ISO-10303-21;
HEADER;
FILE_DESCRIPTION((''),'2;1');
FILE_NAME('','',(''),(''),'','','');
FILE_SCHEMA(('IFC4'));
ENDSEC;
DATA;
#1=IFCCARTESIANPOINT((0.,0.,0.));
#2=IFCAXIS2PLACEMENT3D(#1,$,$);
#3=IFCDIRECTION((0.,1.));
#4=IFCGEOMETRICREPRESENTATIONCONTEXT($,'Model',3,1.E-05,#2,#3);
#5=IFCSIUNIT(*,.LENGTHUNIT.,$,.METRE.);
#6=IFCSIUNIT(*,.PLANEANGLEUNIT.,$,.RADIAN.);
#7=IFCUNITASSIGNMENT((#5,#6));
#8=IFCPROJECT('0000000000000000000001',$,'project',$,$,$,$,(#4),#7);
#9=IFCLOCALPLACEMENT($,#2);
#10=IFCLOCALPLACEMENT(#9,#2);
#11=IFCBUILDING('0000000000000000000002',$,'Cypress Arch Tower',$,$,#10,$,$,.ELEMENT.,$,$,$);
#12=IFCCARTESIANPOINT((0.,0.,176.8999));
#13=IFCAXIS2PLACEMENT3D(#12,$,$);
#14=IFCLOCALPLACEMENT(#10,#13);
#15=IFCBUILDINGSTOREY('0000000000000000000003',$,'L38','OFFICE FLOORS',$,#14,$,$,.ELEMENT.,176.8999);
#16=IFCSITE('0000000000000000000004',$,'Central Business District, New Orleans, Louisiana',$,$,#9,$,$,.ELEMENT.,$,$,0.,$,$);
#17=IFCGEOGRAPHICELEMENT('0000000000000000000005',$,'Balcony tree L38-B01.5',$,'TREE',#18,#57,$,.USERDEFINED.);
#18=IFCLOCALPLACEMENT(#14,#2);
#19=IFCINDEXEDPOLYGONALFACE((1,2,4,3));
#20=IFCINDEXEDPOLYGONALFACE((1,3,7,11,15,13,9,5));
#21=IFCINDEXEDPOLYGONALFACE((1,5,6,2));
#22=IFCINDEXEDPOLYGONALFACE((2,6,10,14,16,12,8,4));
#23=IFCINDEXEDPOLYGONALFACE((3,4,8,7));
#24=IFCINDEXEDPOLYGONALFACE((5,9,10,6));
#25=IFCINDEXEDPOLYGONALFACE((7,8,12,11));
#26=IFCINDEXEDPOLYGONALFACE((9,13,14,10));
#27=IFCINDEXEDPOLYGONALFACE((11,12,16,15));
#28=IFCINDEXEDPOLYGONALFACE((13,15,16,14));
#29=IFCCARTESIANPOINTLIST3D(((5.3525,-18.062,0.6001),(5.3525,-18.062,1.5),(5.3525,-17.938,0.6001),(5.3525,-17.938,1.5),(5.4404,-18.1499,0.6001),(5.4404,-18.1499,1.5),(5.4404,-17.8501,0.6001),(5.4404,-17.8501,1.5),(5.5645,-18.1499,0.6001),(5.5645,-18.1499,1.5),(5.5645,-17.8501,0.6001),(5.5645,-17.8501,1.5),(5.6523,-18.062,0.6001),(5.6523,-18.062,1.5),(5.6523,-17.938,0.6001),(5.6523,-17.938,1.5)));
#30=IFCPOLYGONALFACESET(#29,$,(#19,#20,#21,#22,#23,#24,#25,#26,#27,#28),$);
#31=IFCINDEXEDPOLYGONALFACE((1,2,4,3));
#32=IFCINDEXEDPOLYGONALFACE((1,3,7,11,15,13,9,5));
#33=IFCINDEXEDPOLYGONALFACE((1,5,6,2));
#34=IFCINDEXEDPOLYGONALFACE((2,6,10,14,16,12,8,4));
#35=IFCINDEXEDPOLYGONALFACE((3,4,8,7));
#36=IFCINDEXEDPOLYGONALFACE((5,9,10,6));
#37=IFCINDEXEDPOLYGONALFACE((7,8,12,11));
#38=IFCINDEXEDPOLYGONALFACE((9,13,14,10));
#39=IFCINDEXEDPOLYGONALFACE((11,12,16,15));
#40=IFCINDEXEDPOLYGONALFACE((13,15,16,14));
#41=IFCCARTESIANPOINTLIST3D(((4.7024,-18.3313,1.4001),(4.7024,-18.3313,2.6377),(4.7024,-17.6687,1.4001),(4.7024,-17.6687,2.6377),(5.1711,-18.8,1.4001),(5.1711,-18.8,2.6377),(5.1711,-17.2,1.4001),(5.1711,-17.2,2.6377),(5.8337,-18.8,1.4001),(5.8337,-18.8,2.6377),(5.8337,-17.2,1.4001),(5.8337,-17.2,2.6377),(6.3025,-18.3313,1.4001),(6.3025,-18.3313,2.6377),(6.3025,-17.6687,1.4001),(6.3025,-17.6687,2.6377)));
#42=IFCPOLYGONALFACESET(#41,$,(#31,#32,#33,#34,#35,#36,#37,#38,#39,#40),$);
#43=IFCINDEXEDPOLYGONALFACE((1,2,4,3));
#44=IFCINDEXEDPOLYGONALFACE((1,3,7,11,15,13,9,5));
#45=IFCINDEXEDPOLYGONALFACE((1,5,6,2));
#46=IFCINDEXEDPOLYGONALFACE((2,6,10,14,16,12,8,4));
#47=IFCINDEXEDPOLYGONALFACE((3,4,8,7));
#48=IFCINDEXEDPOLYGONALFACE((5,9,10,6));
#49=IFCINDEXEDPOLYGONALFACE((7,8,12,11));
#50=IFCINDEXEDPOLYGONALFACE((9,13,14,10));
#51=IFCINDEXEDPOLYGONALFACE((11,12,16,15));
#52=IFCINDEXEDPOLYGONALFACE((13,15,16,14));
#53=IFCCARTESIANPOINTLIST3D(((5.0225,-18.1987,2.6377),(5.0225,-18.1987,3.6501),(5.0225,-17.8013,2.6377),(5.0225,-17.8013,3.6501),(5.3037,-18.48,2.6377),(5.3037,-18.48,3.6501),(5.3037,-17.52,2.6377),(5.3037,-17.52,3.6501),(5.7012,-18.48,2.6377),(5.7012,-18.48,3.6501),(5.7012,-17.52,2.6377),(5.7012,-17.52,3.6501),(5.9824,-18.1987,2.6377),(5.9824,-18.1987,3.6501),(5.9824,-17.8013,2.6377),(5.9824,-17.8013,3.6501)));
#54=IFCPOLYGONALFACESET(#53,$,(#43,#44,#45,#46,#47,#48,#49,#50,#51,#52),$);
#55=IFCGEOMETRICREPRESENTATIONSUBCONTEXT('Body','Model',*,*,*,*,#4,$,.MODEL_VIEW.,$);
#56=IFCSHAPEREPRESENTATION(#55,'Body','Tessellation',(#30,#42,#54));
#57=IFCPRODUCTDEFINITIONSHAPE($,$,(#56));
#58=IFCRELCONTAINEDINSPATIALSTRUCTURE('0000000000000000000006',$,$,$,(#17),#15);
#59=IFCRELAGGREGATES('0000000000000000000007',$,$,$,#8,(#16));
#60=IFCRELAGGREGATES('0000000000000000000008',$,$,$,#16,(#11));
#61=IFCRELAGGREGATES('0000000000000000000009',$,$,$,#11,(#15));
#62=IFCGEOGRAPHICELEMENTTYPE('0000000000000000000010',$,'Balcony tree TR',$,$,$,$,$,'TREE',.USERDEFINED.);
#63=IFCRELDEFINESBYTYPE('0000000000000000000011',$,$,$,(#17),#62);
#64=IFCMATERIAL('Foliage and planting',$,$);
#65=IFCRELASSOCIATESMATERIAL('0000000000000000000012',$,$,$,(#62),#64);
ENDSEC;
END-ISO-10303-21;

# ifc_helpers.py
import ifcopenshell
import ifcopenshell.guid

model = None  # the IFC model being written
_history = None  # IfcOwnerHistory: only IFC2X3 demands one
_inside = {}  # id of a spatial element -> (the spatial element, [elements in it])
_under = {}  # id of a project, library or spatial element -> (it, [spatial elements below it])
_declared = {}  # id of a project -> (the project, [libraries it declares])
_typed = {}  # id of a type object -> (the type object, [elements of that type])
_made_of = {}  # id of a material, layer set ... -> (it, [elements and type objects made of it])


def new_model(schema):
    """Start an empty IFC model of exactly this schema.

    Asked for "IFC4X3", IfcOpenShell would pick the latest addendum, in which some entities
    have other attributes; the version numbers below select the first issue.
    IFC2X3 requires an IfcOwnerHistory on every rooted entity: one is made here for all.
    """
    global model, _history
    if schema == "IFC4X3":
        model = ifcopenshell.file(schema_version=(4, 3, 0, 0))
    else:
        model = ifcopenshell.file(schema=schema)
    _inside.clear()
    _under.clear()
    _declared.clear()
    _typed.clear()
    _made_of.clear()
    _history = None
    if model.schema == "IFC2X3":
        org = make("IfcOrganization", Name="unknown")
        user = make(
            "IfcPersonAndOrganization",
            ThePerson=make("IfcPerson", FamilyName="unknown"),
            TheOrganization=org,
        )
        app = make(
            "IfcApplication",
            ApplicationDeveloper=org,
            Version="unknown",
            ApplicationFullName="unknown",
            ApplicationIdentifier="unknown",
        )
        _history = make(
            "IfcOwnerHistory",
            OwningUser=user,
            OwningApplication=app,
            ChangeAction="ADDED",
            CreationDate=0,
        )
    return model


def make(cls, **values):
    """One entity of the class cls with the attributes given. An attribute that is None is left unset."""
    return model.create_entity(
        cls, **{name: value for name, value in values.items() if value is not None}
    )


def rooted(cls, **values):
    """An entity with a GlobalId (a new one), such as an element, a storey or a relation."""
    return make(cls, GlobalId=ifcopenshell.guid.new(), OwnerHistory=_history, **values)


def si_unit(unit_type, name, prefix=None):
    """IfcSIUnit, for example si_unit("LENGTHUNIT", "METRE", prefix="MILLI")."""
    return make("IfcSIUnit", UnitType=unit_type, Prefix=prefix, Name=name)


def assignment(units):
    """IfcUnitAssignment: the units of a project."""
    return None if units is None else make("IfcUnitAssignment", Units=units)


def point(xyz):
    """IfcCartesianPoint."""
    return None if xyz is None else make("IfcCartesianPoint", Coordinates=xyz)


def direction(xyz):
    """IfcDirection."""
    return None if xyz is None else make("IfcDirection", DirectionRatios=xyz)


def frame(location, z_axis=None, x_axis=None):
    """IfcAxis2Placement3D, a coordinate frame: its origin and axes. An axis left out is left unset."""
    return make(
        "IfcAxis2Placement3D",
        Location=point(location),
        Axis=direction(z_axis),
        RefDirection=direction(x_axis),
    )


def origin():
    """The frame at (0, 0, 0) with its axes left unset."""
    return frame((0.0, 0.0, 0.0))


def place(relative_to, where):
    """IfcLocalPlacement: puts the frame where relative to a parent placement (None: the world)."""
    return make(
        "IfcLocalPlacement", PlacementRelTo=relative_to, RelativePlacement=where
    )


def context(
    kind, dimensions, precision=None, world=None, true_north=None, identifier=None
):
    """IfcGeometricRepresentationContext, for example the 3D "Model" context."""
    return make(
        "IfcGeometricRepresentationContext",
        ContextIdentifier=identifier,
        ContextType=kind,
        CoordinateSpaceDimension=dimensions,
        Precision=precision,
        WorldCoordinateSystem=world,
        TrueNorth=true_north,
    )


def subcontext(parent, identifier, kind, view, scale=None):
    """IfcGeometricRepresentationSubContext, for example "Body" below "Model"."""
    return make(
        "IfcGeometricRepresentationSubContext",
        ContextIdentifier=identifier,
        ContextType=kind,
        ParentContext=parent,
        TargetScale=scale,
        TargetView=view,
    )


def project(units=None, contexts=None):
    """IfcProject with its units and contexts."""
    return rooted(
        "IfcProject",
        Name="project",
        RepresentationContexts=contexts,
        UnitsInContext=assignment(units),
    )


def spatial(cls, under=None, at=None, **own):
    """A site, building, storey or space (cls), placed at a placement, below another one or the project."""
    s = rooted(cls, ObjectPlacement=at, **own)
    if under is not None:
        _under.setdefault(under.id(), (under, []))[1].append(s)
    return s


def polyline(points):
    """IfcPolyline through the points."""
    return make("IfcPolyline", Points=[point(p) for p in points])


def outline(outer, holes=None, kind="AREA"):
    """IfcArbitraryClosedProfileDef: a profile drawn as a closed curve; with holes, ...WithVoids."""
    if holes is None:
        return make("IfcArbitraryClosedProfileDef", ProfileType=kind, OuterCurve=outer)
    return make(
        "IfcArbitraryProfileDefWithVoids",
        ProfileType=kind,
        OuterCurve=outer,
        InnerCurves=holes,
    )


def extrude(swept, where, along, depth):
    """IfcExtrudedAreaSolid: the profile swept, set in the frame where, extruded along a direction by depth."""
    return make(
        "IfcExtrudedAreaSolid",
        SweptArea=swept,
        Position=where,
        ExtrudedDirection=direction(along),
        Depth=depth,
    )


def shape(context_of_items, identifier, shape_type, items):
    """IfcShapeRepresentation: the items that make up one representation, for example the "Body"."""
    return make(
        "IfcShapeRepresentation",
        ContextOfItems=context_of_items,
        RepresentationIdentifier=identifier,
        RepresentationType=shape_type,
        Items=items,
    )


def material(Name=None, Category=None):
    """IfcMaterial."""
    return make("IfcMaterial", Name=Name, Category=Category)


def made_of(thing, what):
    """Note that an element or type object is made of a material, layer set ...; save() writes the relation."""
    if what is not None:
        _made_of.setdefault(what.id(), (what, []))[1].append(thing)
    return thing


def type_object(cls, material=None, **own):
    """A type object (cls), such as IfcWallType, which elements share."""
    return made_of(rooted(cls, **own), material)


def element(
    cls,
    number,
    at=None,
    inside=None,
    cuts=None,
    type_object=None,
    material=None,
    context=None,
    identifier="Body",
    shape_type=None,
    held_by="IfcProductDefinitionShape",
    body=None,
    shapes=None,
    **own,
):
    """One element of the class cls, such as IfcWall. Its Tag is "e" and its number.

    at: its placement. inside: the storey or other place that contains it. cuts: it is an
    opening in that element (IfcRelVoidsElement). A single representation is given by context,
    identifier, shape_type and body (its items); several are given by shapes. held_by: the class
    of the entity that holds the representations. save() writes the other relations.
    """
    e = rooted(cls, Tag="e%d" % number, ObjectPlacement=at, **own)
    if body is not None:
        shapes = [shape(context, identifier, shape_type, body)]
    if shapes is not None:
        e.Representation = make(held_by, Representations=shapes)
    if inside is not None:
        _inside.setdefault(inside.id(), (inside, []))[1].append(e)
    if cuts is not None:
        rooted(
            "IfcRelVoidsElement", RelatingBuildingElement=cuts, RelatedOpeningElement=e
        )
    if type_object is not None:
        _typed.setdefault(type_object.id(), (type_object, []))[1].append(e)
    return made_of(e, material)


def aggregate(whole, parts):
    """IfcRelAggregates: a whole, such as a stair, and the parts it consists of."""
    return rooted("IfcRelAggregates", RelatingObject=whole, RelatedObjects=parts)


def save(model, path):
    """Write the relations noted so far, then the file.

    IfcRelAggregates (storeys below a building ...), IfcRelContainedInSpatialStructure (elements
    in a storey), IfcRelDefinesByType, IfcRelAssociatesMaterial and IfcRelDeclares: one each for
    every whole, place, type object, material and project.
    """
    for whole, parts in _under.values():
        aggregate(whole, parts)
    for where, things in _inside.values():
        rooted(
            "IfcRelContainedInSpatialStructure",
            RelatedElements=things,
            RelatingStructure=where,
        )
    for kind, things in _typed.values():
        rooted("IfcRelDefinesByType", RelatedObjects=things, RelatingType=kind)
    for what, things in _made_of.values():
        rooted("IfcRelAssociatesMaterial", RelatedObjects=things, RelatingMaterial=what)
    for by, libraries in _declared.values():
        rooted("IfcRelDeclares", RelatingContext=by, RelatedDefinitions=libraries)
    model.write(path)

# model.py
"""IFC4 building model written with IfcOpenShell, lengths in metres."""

from ifc_helpers import new_model, si_unit, direction, frame, origin, place, context, subcontext, project, spatial, polyline, outline, extrude, material, type_object, element, save


model = new_model("IFC4")

# Units and contexts
model_context = context("Model", 3, precision=1e-05, world=origin(), true_north=direction((0.0, 1.0)))
body_context = subcontext(model_context, "Body", "Model", "MODEL_VIEW")
ifc_project = project(units=[si_unit("LENGTHUNIT", "METRE"), si_unit("PLANEANGLEUNIT", "RADIAN")], contexts=[model_context])

# Site, building, storey
site_placement = place(None, origin())
site = spatial("IfcSite", under=ifc_project, at=site_placement, Name="Central Business District, New Orleans, Louisiana", CompositionType="ELEMENT", RefElevation=0.0)
building_placement = place(site_placement, origin())
building = spatial("IfcBuilding", under=site, at=building_placement, Name="Cypress Arch Tower", CompositionType="ELEMENT")
storey_placement = place(building_placement, frame((0.0, 0.0, 176.8999)))
storey = spatial("IfcBuildingStorey", under=building, at=storey_placement, Name="L38", Description="OFFICE FLOORS", CompositionType="ELEMENT", Elevation=176.8999)

# Geographic element
ifc_material_1 = material(Name="Foliage and planting")
geographic_element_type = type_object("IfcGeographicElementType", Name="Balcony tree TR", ElementType="TREE", PredefinedType="USERDEFINED", material=ifc_material_1)
for number, where, z_axis, x_axis, name in (
    (1, (5.5024, -18.0, 0.6001), (0.0, 0.0, 1.0), (1.0, 0.0, 0.0), "Balcony tree L38-B01.5"),
):
    element("IfcGeographicElement", number, at=place(storey_placement, frame(where, z_axis=z_axis, x_axis=x_axis)), inside=storey, type_object=geographic_element_type, Name=name, ObjectType="TREE", PredefinedType="USERDEFINED", context=body_context, shape_type="SweptSolid", body=[
        extrude(outline(polyline([(0.1499, 0.062), (0.062, 0.1499), (-0.062, 0.1499), (-0.1499, 0.062), (-0.1499, -0.062), (-0.062, -0.1499), (0.062, -0.1499), (0.1499, -0.062), (0.1499, 0.062)])), origin(), (0.0, 0.0, 1.0), 0.8999),
        extrude(outline(polyline([(0.8, 0.3313), (0.3313, 0.8), (-0.3313, 0.8), (-0.8, 0.3313), (-0.8, -0.3313), (-0.3313, -0.8), (0.3313, -0.8), (0.8, -0.3313), (0.8, 0.3313)])), frame((0.0, 0.0, 0.8)), (0.0, 0.0, 1.0), 1.2375),
        extrude(outline(polyline([(0.48, 0.1987), (0.1987, 0.48), (-0.1987, 0.48), (-0.48, 0.1987), (-0.48, -0.1987), (-0.1987, -0.48), (0.1987, -0.48), (0.48, -0.1987), (0.48, 0.1987)])), frame((0.0, 0.0, 2.0376)), (0.0, 0.0, 1.0), 1.0125),
    ])

save(model, "model.ifc")
